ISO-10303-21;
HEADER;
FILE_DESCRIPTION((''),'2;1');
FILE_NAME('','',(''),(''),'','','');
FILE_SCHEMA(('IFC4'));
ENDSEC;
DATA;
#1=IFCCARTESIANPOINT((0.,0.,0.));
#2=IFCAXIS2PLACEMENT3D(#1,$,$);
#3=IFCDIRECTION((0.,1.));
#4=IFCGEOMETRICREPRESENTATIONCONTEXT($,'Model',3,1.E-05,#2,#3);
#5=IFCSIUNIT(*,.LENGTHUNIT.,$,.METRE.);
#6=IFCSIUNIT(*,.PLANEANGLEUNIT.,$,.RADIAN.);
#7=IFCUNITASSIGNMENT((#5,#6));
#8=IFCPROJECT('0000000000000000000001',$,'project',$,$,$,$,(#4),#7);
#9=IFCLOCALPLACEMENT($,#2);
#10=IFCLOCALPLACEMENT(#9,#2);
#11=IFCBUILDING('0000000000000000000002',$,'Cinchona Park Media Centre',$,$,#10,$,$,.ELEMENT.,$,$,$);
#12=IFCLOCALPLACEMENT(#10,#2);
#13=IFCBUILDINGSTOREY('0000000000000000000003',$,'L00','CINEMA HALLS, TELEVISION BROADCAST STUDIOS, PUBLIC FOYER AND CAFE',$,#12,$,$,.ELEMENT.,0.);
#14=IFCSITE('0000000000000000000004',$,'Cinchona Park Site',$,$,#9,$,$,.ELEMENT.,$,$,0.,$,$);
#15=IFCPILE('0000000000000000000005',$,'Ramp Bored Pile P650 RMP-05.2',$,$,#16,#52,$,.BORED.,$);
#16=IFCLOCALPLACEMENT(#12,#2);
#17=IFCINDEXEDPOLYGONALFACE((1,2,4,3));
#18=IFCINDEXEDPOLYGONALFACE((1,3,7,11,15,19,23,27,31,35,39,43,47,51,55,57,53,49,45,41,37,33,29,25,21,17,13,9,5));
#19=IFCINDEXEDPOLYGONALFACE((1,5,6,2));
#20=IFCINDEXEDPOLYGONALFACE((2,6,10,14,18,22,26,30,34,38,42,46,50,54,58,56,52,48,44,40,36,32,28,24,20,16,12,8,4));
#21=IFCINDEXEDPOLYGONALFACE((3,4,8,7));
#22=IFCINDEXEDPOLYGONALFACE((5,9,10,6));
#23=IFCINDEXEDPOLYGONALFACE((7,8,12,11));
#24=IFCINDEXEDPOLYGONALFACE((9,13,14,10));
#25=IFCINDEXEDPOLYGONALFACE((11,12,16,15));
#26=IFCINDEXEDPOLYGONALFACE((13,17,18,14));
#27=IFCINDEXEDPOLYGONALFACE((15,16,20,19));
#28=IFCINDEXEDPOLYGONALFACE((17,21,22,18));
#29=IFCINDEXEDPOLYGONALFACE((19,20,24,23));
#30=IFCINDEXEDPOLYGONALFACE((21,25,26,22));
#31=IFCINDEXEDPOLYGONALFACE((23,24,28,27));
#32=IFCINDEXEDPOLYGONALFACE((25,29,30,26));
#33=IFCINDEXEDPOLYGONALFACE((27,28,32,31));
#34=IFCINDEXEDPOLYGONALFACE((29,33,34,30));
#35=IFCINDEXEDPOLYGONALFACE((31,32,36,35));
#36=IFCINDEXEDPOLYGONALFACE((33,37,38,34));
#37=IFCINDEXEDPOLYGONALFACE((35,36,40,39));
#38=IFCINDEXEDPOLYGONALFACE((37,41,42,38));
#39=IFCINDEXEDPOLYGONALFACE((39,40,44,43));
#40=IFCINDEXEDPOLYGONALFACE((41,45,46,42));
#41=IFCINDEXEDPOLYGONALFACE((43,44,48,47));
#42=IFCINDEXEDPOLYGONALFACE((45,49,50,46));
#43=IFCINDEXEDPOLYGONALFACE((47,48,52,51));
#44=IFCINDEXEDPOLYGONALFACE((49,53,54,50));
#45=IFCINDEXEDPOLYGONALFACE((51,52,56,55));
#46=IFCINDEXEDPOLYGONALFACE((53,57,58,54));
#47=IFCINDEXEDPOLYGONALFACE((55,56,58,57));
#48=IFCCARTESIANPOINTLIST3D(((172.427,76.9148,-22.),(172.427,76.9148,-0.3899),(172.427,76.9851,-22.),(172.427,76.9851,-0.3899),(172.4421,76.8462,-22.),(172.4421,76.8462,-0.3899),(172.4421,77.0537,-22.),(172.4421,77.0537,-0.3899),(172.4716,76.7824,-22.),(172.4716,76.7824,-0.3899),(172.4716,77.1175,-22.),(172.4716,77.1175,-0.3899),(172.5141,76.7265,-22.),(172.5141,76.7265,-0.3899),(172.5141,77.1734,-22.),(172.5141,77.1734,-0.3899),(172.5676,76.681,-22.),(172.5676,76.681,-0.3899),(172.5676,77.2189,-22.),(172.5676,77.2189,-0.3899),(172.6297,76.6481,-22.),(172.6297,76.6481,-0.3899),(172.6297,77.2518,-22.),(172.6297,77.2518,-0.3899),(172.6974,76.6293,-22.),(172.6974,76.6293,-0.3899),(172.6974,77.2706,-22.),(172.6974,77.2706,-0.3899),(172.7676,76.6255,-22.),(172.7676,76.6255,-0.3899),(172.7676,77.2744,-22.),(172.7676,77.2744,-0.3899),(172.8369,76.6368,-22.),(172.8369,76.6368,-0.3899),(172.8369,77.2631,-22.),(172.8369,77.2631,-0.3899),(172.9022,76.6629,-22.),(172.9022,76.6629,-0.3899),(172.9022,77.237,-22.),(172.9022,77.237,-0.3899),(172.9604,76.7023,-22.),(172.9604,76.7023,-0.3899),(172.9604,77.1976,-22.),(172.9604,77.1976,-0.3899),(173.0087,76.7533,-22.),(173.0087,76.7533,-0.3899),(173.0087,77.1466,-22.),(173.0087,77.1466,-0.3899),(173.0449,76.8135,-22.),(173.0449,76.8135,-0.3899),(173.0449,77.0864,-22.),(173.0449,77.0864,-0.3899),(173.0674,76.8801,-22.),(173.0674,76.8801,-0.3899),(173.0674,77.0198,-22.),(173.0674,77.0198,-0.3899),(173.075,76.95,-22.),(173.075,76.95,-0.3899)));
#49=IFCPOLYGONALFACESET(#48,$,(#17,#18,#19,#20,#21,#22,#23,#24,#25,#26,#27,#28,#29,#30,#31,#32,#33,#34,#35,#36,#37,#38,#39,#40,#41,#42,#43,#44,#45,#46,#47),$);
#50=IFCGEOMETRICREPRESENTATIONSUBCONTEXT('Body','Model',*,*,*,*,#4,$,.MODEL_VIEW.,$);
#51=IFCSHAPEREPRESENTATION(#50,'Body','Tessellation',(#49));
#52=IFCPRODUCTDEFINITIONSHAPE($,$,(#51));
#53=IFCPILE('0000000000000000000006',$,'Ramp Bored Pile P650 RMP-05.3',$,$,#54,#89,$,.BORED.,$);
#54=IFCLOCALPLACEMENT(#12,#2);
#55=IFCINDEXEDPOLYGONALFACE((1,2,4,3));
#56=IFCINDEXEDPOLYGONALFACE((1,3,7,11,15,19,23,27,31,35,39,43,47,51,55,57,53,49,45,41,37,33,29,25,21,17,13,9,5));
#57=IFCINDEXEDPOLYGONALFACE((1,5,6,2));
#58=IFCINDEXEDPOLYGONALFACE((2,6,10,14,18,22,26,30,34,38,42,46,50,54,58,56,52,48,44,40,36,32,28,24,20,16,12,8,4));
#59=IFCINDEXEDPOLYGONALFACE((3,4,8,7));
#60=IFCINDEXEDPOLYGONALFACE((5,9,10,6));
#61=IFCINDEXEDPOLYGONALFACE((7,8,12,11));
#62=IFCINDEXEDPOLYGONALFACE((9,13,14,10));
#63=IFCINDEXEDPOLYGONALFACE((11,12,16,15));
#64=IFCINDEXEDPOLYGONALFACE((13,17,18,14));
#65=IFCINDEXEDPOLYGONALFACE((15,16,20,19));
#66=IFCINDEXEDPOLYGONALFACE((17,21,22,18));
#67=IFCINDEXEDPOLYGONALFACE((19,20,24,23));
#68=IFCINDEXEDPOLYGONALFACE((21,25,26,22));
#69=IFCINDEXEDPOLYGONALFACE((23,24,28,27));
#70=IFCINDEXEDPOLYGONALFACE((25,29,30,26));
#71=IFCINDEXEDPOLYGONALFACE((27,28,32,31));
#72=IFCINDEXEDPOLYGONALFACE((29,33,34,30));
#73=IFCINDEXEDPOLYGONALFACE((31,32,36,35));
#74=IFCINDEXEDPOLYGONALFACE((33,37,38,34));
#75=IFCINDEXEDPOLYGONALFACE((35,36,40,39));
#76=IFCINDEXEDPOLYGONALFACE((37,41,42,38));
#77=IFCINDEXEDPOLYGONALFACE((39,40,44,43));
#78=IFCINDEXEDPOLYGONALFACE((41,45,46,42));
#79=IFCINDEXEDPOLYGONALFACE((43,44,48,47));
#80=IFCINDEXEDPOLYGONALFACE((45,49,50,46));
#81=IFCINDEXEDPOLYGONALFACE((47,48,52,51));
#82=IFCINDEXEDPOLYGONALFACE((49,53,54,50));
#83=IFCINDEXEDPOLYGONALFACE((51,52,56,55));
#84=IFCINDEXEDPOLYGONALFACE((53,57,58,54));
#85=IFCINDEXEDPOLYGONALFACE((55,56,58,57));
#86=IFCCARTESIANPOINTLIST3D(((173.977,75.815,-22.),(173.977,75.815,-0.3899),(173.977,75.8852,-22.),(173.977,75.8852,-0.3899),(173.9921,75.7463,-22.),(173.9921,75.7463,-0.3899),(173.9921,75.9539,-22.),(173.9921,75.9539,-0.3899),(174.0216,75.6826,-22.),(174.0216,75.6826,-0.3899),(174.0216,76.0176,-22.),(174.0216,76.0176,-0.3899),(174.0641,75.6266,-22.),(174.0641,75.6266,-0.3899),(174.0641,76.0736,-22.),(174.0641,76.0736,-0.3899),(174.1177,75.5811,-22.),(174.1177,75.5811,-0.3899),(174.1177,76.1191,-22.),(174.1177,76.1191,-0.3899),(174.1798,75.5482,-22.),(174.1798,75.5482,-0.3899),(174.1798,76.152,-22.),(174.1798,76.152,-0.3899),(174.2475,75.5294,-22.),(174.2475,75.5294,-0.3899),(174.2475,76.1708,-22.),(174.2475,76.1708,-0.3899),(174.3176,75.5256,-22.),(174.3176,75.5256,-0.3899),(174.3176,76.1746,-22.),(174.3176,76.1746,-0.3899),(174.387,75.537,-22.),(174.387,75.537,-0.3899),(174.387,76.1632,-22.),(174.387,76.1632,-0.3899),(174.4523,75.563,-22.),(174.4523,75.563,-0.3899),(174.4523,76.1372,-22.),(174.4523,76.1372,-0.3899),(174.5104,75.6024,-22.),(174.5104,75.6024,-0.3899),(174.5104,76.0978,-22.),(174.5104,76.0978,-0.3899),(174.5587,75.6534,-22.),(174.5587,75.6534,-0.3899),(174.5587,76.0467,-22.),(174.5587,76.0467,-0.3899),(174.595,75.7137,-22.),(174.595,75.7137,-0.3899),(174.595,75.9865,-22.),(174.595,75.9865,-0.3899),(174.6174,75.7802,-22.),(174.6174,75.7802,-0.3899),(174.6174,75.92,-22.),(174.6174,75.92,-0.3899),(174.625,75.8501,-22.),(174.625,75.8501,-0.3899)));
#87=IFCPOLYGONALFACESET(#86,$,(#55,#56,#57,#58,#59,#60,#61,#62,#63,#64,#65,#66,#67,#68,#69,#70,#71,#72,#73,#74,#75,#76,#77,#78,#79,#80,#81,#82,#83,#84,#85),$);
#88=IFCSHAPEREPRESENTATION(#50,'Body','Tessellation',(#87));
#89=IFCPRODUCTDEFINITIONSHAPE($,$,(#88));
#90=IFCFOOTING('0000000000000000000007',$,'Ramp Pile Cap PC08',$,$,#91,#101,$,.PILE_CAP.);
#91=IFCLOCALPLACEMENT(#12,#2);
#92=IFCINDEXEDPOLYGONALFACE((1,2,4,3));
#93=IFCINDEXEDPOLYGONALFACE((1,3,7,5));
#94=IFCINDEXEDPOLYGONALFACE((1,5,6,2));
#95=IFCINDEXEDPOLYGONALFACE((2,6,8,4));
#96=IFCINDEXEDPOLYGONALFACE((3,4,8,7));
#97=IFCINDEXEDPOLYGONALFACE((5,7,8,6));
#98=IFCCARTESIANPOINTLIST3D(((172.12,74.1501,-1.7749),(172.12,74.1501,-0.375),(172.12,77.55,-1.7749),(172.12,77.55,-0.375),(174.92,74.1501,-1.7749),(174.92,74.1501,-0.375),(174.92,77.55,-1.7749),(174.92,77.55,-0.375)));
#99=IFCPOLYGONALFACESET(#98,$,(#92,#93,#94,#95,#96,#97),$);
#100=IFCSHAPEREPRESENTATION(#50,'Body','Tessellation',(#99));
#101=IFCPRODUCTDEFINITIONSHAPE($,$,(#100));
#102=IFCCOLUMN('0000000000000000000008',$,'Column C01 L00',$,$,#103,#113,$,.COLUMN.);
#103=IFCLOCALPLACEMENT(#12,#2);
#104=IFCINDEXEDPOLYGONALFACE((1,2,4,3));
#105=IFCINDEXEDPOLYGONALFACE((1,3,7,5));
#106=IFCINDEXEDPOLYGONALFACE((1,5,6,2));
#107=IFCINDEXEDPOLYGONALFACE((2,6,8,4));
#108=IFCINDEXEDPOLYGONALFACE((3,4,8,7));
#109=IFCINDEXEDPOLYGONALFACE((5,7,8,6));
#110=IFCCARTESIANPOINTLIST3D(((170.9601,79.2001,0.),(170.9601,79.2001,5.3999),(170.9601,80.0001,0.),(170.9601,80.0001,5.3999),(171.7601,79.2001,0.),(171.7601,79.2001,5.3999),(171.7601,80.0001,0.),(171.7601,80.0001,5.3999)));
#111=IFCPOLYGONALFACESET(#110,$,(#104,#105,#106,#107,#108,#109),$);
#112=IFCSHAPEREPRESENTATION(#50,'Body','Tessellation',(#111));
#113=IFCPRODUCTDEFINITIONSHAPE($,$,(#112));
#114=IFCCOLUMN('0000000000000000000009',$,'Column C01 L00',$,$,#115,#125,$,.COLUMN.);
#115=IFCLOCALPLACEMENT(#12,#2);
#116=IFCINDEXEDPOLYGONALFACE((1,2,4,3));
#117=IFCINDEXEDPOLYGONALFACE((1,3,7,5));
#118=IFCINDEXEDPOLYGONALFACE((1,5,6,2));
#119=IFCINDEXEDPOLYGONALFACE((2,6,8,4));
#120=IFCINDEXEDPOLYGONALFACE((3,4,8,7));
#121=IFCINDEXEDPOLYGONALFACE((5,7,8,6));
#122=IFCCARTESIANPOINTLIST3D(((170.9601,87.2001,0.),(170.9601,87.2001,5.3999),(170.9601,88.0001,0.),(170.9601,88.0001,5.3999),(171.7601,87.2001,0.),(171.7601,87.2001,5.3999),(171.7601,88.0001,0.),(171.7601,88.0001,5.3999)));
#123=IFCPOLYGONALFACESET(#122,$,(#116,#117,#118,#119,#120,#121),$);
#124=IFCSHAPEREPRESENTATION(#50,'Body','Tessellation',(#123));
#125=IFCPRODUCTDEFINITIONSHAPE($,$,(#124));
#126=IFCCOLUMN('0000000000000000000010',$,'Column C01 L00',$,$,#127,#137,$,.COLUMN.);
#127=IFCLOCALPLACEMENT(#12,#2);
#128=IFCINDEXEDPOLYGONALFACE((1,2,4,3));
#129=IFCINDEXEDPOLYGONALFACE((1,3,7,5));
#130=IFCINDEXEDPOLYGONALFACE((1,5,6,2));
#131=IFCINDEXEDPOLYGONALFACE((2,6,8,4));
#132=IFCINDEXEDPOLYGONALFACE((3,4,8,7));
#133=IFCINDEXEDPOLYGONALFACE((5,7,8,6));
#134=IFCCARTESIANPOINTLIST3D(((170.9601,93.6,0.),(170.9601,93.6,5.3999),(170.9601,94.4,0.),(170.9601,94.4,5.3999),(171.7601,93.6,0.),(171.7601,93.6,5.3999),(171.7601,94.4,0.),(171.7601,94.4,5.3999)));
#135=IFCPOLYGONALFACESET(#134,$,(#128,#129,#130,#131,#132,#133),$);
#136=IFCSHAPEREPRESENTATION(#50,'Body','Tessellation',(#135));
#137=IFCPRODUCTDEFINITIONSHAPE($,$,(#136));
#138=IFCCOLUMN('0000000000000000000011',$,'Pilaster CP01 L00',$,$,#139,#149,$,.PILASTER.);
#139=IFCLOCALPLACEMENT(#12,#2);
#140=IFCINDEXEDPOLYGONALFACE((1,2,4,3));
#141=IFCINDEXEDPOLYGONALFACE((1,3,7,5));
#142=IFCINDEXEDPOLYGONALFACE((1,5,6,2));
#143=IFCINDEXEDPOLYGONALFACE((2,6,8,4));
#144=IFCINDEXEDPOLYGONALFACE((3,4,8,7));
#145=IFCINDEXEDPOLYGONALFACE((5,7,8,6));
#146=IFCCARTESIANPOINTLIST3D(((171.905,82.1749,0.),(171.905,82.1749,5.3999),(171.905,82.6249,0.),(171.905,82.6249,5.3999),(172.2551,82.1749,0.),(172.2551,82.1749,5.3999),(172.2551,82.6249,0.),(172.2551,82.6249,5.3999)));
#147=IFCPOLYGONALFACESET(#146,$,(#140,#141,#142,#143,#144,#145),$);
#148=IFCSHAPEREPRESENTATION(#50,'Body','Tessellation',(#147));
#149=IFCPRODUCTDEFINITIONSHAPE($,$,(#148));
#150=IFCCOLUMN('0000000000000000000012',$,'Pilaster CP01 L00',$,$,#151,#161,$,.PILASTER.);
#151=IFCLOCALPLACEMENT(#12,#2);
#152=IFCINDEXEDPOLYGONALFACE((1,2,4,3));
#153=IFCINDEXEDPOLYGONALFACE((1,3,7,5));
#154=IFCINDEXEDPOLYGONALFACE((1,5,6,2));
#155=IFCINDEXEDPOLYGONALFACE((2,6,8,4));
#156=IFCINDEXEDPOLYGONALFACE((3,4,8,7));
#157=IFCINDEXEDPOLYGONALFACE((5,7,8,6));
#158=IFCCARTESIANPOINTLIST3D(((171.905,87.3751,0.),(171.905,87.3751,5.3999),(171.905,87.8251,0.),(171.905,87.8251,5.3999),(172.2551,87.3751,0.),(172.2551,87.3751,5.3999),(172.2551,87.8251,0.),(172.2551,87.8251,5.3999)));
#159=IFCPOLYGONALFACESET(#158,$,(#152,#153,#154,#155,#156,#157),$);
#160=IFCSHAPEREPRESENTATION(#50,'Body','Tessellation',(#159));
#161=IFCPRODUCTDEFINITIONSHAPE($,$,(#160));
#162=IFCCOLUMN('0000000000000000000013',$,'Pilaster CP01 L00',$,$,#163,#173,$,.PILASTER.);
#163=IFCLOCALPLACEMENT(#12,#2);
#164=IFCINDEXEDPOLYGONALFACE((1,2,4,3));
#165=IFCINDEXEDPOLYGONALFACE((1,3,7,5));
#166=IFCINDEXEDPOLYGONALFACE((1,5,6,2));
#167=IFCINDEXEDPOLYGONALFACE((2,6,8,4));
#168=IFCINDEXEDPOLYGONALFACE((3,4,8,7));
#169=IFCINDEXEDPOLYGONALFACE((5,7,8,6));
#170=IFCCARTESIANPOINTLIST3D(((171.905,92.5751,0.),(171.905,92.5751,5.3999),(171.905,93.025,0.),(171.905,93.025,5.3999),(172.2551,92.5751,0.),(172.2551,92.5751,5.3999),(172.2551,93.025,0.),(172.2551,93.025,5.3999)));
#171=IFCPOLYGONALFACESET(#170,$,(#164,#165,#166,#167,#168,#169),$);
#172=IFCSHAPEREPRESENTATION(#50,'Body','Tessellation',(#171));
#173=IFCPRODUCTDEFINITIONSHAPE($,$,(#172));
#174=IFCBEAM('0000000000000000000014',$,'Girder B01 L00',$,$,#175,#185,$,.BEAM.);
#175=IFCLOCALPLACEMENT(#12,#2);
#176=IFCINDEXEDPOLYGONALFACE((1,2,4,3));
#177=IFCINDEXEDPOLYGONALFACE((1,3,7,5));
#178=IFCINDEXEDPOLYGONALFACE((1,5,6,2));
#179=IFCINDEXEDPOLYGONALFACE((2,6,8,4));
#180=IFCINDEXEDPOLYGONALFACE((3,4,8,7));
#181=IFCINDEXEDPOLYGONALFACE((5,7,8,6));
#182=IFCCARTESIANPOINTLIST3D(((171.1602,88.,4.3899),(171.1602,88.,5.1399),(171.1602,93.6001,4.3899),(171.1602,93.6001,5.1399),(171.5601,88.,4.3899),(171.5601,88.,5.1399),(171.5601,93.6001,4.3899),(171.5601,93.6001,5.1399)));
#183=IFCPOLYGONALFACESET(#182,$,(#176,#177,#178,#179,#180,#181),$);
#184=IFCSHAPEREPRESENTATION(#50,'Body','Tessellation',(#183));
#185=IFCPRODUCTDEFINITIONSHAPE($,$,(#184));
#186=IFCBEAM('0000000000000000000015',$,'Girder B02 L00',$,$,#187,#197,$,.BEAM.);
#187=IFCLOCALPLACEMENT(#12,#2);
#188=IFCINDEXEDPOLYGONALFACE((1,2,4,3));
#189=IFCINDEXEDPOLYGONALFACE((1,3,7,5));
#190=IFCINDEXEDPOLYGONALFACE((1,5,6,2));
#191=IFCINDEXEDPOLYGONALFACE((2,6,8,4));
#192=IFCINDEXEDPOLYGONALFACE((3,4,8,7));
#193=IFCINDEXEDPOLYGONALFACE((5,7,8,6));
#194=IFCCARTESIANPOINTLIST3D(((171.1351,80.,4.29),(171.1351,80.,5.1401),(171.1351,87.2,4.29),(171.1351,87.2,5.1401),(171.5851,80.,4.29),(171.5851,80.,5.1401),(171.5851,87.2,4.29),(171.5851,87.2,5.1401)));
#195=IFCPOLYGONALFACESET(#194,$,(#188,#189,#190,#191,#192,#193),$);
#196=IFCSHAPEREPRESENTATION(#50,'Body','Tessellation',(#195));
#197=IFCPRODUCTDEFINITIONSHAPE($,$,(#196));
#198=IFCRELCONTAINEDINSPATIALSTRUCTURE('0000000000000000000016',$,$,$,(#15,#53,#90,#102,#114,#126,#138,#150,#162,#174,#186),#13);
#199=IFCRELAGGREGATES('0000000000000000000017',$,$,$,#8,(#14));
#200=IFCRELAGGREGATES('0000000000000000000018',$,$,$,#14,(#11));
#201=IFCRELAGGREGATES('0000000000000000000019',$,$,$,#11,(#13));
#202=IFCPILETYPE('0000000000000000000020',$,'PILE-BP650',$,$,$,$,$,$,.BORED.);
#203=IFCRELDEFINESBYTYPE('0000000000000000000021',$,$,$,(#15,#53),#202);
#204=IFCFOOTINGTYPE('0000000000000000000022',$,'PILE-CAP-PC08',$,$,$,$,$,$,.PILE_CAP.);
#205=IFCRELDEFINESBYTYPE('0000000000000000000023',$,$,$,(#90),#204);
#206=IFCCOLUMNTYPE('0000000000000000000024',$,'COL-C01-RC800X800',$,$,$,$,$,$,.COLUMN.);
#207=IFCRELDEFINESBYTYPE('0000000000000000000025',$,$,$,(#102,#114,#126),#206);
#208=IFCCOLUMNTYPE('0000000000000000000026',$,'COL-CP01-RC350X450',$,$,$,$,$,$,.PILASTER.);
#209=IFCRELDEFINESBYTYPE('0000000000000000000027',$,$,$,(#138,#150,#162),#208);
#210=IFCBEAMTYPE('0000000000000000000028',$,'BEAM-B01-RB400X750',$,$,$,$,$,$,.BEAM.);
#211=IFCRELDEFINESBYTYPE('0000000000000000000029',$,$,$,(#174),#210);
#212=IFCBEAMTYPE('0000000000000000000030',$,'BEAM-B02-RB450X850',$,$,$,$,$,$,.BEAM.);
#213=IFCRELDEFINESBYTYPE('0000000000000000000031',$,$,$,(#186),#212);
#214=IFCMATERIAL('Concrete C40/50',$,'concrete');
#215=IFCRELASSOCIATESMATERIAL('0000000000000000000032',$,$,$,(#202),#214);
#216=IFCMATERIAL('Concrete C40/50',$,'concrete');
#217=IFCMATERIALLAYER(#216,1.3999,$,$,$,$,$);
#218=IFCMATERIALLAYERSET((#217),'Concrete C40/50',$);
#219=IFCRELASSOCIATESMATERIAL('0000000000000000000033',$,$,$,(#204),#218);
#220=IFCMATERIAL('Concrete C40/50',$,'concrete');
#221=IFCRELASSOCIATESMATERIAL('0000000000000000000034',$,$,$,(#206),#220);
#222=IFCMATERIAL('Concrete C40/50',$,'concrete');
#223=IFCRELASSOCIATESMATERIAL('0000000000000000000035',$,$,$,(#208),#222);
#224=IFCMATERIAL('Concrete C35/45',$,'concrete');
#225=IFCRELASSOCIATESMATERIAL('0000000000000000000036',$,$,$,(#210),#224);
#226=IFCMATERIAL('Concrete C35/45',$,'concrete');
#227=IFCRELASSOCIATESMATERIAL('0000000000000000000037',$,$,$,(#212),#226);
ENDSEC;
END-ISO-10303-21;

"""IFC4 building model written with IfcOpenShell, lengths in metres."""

from ifc_helpers import new_model, si_unit, direction, frame, origin, origin_2d, place, context, subcontext, project, spatial, rectangle, circle, extrude, material, layer, layer_set, material_profile, profile_set, type_object, element, save


model = new_model("IFC4")

# Units and contexts
model_context = context("Model", 3, precision=1e-05, world=origin(), true_north=direction((0.0, 1.0)))
body_context = subcontext(model_context, "Body", "Model", "MODEL_VIEW")
ifc_project = project(units=[si_unit("LENGTHUNIT", "METRE"), si_unit("PLANEANGLEUNIT", "RADIAN")], contexts=[model_context])

# Site, building, storey
site_placement = place(None, origin())
site = spatial("IfcSite", under=ifc_project, at=site_placement, Name="Cinchona Park Site", CompositionType="ELEMENT", RefElevation=0.0)
building_placement = place(site_placement, origin())
building = spatial("IfcBuilding", under=site, at=building_placement, Name="Cinchona Park Media Centre", CompositionType="ELEMENT")
storey_placement = place(building_placement, origin())
storey = spatial("IfcBuildingStorey", under=building, at=storey_placement, Name="L00", Description="CINEMA HALLS, TELEVISION BROADCAST STUDIOS, PUBLIC FOYER AND CAFE", CompositionType="ELEMENT", Elevation=0.0)

# Piles
ifc_material_1 = material(Name="Concrete C40/50", Category="concrete")
ifc_material_profile_1 = material_profile(ifc_material_1, circle(Radius=0.325, at=origin_2d()), Name="BORED PILE 650")
ifc_profile_set_1 = profile_set([ifc_material_profile_1], Name="Concrete C40/50")
pile_type = type_object("IfcPileType", Name="PILE-BP650", PredefinedType="BORED", material=ifc_profile_set_1)
for number, where, z_axis, x_axis, name in (
    (1, (172.75, 76.95, -0.3899), (0.0, 0.0, -1.0), (1.0, 0.0, 0.0), "Ramp Bored Pile P650 RMP-05.2"),
    (2, (174.3, 75.8501, -0.3899), (0.0, 0.0, -1.0), (1.0, 0.0, 0.0), "Ramp Bored Pile P650 RMP-05.3"),
):
    element("IfcPile", number, at=place(storey_placement, frame(where, z_axis=z_axis, x_axis=x_axis)), inside=storey, type_object=pile_type, Name=name, PredefinedType="BORED", context=body_context, shape_type="SweptSolid", body=[
        extrude(circle(Radius=0.325, at=origin_2d()), origin(), (0.0, 0.0, 1.0), 21.6101),
    ])

# Footing
ifc_material_2 = material(Name="Concrete C40/50", Category="concrete")
ifc_layer_1 = layer(ifc_material_2, 1.3999)
ifc_layer_set_1 = layer_set([ifc_layer_1], Name="Concrete C40/50")
footing_type = type_object("IfcFootingType", Name="PILE-CAP-PC08", PredefinedType="PILE_CAP", material=ifc_layer_set_1)
footing_placement = place(storey_placement, frame((173.52, 75.8501, -1.7749), z_axis=(0.0, 0.0, 1.0), x_axis=(1.0, 0.0, 0.0)))
element("IfcFooting", 3, at=footing_placement, inside=storey, type_object=footing_type, Name="Ramp Pile Cap PC08", PredefinedType="PILE_CAP", context=body_context, shape_type="SweptSolid", body=[
    extrude(rectangle(XDim=2.8, YDim=3.3999, at=origin_2d()), origin(), (0.0, 0.0, 1.0), 1.3999),
])

# Columns
ifc_material_3 = material(Name="Concrete C40/50", Category="concrete")
ifc_material_profile_2 = material_profile(ifc_material_3, rectangle(XDim=0.8, YDim=0.8, at=origin_2d()), Name="RC 800X800")
ifc_profile_set_2 = profile_set([ifc_material_profile_2], Name="Concrete C40/50")
column_type_1 = type_object("IfcColumnType", Name="COL-C01-RC800X800", PredefinedType="COLUMN", material=ifc_profile_set_2)
for number, where, z_axis, x_axis, name in (
    (4, (171.3601, 79.6001, 0.0), (0.0, 0.0, 1.0), (1.0, 0.0, 0.0), "Column C01 L00"),
    (5, (171.3601, 87.6001, 0.0), (0.0, 0.0, 1.0), (1.0, 0.0, 0.0), "Column C01 L00"),
    (6, (171.3601, 94.0, 0.0), (0.0, 0.0, 1.0), (1.0, 0.0, 0.0), "Column C01 L00"),
):
    element("IfcColumn", number, at=place(storey_placement, frame(where, z_axis=z_axis, x_axis=x_axis)), inside=storey, type_object=column_type_1, Name=name, PredefinedType="COLUMN", context=body_context, shape_type="SweptSolid", body=[
        extrude(rectangle(XDim=0.8, YDim=0.8, at=origin_2d()), origin(), (0.0, 0.0, 1.0), 5.3999),
    ])
ifc_material_4 = material(Name="Concrete C40/50", Category="concrete")
ifc_material_profile_3 = material_profile(ifc_material_4, rectangle(XDim=0.3501, YDim=0.45, at=origin_2d()), Name="RC 350X450")
ifc_profile_set_3 = profile_set([ifc_material_profile_3], Name="Concrete C40/50")
column_type_2 = type_object("IfcColumnType", Name="COL-CP01-RC350X450", PredefinedType="PILASTER", material=ifc_profile_set_3)
for number, where, z_axis, x_axis, name in (
    (7, (172.0801, 82.3999, 0.0), (0.0, 0.0, 1.0), (1.0, 0.0, 0.0), "Pilaster CP01 L00"),
    (8, (172.0801, 87.6001, 0.0), (0.0, 0.0, 1.0), (1.0, 0.0, 0.0), "Pilaster CP01 L00"),
    (9, (172.0801, 92.8, 0.0), (0.0, 0.0, 1.0), (1.0, 0.0, 0.0), "Pilaster CP01 L00"),
):
    element("IfcColumn", number, at=place(storey_placement, frame(where, z_axis=z_axis, x_axis=x_axis)), inside=storey, type_object=column_type_2, Name=name, PredefinedType="PILASTER", context=body_context, shape_type="SweptSolid", body=[
        extrude(rectangle(XDim=0.3501, YDim=0.45, at=origin_2d()), origin(), (0.0, 0.0, 1.0), 5.3999),
    ])

# Beams
ifc_material_5 = material(Name="Concrete C35/45", Category="concrete")
ifc_material_profile_4 = material_profile(ifc_material_5, rectangle(XDim=0.3999, YDim=0.75, at=origin_2d()), Name="RB 400X750")
ifc_profile_set_4 = profile_set([ifc_material_profile_4], Name="Concrete C35/45")
beam_type_1 = type_object("IfcBeamType", Name="BEAM-B01-RB400X750", PredefinedType="BEAM", material=ifc_profile_set_4)
beam_1_placement = place(storey_placement, frame((171.3601, 88.0, 4.7649), z_axis=(0.0, 1.0, 0.0), x_axis=(-1.0, 0.0, 0.0)))
element("IfcBeam", 10, at=beam_1_placement, inside=storey, type_object=beam_type_1, Name="Girder B01 L00", PredefinedType="BEAM", context=body_context, shape_type="SweptSolid", body=[
    extrude(rectangle(XDim=0.3999, YDim=0.75, at=origin_2d()), origin(), (0.0, 0.0, 1.0), 5.6001),
])
ifc_material_6 = material(Name="Concrete C35/45", Category="concrete")
ifc_material_profile_5 = material_profile(ifc_material_6, rectangle(XDim=0.45, YDim=0.8501, at=origin_2d()), Name="RB 450X850")
ifc_profile_set_5 = profile_set([ifc_material_profile_5], Name="Concrete C35/45")
beam_type_2 = type_object("IfcBeamType", Name="BEAM-B02-RB450X850", PredefinedType="BEAM", material=ifc_profile_set_5)
beam_2_placement = place(storey_placement, frame((171.3601, 80.0, 4.7151), z_axis=(0.0, 1.0, 0.0), x_axis=(-1.0, 0.0, 0.0)))
element("IfcBeam", 11, at=beam_2_placement, inside=storey, type_object=beam_type_2, Name="Girder B02 L00", PredefinedType="BEAM", context=body_context, shape_type="SweptSolid", body=[
    extrude(rectangle(XDim=0.45, YDim=0.8501, at=origin_2d()), origin(), (0.0, 0.0, 1.0), 7.2),
])

save(model, "model.ifc")
